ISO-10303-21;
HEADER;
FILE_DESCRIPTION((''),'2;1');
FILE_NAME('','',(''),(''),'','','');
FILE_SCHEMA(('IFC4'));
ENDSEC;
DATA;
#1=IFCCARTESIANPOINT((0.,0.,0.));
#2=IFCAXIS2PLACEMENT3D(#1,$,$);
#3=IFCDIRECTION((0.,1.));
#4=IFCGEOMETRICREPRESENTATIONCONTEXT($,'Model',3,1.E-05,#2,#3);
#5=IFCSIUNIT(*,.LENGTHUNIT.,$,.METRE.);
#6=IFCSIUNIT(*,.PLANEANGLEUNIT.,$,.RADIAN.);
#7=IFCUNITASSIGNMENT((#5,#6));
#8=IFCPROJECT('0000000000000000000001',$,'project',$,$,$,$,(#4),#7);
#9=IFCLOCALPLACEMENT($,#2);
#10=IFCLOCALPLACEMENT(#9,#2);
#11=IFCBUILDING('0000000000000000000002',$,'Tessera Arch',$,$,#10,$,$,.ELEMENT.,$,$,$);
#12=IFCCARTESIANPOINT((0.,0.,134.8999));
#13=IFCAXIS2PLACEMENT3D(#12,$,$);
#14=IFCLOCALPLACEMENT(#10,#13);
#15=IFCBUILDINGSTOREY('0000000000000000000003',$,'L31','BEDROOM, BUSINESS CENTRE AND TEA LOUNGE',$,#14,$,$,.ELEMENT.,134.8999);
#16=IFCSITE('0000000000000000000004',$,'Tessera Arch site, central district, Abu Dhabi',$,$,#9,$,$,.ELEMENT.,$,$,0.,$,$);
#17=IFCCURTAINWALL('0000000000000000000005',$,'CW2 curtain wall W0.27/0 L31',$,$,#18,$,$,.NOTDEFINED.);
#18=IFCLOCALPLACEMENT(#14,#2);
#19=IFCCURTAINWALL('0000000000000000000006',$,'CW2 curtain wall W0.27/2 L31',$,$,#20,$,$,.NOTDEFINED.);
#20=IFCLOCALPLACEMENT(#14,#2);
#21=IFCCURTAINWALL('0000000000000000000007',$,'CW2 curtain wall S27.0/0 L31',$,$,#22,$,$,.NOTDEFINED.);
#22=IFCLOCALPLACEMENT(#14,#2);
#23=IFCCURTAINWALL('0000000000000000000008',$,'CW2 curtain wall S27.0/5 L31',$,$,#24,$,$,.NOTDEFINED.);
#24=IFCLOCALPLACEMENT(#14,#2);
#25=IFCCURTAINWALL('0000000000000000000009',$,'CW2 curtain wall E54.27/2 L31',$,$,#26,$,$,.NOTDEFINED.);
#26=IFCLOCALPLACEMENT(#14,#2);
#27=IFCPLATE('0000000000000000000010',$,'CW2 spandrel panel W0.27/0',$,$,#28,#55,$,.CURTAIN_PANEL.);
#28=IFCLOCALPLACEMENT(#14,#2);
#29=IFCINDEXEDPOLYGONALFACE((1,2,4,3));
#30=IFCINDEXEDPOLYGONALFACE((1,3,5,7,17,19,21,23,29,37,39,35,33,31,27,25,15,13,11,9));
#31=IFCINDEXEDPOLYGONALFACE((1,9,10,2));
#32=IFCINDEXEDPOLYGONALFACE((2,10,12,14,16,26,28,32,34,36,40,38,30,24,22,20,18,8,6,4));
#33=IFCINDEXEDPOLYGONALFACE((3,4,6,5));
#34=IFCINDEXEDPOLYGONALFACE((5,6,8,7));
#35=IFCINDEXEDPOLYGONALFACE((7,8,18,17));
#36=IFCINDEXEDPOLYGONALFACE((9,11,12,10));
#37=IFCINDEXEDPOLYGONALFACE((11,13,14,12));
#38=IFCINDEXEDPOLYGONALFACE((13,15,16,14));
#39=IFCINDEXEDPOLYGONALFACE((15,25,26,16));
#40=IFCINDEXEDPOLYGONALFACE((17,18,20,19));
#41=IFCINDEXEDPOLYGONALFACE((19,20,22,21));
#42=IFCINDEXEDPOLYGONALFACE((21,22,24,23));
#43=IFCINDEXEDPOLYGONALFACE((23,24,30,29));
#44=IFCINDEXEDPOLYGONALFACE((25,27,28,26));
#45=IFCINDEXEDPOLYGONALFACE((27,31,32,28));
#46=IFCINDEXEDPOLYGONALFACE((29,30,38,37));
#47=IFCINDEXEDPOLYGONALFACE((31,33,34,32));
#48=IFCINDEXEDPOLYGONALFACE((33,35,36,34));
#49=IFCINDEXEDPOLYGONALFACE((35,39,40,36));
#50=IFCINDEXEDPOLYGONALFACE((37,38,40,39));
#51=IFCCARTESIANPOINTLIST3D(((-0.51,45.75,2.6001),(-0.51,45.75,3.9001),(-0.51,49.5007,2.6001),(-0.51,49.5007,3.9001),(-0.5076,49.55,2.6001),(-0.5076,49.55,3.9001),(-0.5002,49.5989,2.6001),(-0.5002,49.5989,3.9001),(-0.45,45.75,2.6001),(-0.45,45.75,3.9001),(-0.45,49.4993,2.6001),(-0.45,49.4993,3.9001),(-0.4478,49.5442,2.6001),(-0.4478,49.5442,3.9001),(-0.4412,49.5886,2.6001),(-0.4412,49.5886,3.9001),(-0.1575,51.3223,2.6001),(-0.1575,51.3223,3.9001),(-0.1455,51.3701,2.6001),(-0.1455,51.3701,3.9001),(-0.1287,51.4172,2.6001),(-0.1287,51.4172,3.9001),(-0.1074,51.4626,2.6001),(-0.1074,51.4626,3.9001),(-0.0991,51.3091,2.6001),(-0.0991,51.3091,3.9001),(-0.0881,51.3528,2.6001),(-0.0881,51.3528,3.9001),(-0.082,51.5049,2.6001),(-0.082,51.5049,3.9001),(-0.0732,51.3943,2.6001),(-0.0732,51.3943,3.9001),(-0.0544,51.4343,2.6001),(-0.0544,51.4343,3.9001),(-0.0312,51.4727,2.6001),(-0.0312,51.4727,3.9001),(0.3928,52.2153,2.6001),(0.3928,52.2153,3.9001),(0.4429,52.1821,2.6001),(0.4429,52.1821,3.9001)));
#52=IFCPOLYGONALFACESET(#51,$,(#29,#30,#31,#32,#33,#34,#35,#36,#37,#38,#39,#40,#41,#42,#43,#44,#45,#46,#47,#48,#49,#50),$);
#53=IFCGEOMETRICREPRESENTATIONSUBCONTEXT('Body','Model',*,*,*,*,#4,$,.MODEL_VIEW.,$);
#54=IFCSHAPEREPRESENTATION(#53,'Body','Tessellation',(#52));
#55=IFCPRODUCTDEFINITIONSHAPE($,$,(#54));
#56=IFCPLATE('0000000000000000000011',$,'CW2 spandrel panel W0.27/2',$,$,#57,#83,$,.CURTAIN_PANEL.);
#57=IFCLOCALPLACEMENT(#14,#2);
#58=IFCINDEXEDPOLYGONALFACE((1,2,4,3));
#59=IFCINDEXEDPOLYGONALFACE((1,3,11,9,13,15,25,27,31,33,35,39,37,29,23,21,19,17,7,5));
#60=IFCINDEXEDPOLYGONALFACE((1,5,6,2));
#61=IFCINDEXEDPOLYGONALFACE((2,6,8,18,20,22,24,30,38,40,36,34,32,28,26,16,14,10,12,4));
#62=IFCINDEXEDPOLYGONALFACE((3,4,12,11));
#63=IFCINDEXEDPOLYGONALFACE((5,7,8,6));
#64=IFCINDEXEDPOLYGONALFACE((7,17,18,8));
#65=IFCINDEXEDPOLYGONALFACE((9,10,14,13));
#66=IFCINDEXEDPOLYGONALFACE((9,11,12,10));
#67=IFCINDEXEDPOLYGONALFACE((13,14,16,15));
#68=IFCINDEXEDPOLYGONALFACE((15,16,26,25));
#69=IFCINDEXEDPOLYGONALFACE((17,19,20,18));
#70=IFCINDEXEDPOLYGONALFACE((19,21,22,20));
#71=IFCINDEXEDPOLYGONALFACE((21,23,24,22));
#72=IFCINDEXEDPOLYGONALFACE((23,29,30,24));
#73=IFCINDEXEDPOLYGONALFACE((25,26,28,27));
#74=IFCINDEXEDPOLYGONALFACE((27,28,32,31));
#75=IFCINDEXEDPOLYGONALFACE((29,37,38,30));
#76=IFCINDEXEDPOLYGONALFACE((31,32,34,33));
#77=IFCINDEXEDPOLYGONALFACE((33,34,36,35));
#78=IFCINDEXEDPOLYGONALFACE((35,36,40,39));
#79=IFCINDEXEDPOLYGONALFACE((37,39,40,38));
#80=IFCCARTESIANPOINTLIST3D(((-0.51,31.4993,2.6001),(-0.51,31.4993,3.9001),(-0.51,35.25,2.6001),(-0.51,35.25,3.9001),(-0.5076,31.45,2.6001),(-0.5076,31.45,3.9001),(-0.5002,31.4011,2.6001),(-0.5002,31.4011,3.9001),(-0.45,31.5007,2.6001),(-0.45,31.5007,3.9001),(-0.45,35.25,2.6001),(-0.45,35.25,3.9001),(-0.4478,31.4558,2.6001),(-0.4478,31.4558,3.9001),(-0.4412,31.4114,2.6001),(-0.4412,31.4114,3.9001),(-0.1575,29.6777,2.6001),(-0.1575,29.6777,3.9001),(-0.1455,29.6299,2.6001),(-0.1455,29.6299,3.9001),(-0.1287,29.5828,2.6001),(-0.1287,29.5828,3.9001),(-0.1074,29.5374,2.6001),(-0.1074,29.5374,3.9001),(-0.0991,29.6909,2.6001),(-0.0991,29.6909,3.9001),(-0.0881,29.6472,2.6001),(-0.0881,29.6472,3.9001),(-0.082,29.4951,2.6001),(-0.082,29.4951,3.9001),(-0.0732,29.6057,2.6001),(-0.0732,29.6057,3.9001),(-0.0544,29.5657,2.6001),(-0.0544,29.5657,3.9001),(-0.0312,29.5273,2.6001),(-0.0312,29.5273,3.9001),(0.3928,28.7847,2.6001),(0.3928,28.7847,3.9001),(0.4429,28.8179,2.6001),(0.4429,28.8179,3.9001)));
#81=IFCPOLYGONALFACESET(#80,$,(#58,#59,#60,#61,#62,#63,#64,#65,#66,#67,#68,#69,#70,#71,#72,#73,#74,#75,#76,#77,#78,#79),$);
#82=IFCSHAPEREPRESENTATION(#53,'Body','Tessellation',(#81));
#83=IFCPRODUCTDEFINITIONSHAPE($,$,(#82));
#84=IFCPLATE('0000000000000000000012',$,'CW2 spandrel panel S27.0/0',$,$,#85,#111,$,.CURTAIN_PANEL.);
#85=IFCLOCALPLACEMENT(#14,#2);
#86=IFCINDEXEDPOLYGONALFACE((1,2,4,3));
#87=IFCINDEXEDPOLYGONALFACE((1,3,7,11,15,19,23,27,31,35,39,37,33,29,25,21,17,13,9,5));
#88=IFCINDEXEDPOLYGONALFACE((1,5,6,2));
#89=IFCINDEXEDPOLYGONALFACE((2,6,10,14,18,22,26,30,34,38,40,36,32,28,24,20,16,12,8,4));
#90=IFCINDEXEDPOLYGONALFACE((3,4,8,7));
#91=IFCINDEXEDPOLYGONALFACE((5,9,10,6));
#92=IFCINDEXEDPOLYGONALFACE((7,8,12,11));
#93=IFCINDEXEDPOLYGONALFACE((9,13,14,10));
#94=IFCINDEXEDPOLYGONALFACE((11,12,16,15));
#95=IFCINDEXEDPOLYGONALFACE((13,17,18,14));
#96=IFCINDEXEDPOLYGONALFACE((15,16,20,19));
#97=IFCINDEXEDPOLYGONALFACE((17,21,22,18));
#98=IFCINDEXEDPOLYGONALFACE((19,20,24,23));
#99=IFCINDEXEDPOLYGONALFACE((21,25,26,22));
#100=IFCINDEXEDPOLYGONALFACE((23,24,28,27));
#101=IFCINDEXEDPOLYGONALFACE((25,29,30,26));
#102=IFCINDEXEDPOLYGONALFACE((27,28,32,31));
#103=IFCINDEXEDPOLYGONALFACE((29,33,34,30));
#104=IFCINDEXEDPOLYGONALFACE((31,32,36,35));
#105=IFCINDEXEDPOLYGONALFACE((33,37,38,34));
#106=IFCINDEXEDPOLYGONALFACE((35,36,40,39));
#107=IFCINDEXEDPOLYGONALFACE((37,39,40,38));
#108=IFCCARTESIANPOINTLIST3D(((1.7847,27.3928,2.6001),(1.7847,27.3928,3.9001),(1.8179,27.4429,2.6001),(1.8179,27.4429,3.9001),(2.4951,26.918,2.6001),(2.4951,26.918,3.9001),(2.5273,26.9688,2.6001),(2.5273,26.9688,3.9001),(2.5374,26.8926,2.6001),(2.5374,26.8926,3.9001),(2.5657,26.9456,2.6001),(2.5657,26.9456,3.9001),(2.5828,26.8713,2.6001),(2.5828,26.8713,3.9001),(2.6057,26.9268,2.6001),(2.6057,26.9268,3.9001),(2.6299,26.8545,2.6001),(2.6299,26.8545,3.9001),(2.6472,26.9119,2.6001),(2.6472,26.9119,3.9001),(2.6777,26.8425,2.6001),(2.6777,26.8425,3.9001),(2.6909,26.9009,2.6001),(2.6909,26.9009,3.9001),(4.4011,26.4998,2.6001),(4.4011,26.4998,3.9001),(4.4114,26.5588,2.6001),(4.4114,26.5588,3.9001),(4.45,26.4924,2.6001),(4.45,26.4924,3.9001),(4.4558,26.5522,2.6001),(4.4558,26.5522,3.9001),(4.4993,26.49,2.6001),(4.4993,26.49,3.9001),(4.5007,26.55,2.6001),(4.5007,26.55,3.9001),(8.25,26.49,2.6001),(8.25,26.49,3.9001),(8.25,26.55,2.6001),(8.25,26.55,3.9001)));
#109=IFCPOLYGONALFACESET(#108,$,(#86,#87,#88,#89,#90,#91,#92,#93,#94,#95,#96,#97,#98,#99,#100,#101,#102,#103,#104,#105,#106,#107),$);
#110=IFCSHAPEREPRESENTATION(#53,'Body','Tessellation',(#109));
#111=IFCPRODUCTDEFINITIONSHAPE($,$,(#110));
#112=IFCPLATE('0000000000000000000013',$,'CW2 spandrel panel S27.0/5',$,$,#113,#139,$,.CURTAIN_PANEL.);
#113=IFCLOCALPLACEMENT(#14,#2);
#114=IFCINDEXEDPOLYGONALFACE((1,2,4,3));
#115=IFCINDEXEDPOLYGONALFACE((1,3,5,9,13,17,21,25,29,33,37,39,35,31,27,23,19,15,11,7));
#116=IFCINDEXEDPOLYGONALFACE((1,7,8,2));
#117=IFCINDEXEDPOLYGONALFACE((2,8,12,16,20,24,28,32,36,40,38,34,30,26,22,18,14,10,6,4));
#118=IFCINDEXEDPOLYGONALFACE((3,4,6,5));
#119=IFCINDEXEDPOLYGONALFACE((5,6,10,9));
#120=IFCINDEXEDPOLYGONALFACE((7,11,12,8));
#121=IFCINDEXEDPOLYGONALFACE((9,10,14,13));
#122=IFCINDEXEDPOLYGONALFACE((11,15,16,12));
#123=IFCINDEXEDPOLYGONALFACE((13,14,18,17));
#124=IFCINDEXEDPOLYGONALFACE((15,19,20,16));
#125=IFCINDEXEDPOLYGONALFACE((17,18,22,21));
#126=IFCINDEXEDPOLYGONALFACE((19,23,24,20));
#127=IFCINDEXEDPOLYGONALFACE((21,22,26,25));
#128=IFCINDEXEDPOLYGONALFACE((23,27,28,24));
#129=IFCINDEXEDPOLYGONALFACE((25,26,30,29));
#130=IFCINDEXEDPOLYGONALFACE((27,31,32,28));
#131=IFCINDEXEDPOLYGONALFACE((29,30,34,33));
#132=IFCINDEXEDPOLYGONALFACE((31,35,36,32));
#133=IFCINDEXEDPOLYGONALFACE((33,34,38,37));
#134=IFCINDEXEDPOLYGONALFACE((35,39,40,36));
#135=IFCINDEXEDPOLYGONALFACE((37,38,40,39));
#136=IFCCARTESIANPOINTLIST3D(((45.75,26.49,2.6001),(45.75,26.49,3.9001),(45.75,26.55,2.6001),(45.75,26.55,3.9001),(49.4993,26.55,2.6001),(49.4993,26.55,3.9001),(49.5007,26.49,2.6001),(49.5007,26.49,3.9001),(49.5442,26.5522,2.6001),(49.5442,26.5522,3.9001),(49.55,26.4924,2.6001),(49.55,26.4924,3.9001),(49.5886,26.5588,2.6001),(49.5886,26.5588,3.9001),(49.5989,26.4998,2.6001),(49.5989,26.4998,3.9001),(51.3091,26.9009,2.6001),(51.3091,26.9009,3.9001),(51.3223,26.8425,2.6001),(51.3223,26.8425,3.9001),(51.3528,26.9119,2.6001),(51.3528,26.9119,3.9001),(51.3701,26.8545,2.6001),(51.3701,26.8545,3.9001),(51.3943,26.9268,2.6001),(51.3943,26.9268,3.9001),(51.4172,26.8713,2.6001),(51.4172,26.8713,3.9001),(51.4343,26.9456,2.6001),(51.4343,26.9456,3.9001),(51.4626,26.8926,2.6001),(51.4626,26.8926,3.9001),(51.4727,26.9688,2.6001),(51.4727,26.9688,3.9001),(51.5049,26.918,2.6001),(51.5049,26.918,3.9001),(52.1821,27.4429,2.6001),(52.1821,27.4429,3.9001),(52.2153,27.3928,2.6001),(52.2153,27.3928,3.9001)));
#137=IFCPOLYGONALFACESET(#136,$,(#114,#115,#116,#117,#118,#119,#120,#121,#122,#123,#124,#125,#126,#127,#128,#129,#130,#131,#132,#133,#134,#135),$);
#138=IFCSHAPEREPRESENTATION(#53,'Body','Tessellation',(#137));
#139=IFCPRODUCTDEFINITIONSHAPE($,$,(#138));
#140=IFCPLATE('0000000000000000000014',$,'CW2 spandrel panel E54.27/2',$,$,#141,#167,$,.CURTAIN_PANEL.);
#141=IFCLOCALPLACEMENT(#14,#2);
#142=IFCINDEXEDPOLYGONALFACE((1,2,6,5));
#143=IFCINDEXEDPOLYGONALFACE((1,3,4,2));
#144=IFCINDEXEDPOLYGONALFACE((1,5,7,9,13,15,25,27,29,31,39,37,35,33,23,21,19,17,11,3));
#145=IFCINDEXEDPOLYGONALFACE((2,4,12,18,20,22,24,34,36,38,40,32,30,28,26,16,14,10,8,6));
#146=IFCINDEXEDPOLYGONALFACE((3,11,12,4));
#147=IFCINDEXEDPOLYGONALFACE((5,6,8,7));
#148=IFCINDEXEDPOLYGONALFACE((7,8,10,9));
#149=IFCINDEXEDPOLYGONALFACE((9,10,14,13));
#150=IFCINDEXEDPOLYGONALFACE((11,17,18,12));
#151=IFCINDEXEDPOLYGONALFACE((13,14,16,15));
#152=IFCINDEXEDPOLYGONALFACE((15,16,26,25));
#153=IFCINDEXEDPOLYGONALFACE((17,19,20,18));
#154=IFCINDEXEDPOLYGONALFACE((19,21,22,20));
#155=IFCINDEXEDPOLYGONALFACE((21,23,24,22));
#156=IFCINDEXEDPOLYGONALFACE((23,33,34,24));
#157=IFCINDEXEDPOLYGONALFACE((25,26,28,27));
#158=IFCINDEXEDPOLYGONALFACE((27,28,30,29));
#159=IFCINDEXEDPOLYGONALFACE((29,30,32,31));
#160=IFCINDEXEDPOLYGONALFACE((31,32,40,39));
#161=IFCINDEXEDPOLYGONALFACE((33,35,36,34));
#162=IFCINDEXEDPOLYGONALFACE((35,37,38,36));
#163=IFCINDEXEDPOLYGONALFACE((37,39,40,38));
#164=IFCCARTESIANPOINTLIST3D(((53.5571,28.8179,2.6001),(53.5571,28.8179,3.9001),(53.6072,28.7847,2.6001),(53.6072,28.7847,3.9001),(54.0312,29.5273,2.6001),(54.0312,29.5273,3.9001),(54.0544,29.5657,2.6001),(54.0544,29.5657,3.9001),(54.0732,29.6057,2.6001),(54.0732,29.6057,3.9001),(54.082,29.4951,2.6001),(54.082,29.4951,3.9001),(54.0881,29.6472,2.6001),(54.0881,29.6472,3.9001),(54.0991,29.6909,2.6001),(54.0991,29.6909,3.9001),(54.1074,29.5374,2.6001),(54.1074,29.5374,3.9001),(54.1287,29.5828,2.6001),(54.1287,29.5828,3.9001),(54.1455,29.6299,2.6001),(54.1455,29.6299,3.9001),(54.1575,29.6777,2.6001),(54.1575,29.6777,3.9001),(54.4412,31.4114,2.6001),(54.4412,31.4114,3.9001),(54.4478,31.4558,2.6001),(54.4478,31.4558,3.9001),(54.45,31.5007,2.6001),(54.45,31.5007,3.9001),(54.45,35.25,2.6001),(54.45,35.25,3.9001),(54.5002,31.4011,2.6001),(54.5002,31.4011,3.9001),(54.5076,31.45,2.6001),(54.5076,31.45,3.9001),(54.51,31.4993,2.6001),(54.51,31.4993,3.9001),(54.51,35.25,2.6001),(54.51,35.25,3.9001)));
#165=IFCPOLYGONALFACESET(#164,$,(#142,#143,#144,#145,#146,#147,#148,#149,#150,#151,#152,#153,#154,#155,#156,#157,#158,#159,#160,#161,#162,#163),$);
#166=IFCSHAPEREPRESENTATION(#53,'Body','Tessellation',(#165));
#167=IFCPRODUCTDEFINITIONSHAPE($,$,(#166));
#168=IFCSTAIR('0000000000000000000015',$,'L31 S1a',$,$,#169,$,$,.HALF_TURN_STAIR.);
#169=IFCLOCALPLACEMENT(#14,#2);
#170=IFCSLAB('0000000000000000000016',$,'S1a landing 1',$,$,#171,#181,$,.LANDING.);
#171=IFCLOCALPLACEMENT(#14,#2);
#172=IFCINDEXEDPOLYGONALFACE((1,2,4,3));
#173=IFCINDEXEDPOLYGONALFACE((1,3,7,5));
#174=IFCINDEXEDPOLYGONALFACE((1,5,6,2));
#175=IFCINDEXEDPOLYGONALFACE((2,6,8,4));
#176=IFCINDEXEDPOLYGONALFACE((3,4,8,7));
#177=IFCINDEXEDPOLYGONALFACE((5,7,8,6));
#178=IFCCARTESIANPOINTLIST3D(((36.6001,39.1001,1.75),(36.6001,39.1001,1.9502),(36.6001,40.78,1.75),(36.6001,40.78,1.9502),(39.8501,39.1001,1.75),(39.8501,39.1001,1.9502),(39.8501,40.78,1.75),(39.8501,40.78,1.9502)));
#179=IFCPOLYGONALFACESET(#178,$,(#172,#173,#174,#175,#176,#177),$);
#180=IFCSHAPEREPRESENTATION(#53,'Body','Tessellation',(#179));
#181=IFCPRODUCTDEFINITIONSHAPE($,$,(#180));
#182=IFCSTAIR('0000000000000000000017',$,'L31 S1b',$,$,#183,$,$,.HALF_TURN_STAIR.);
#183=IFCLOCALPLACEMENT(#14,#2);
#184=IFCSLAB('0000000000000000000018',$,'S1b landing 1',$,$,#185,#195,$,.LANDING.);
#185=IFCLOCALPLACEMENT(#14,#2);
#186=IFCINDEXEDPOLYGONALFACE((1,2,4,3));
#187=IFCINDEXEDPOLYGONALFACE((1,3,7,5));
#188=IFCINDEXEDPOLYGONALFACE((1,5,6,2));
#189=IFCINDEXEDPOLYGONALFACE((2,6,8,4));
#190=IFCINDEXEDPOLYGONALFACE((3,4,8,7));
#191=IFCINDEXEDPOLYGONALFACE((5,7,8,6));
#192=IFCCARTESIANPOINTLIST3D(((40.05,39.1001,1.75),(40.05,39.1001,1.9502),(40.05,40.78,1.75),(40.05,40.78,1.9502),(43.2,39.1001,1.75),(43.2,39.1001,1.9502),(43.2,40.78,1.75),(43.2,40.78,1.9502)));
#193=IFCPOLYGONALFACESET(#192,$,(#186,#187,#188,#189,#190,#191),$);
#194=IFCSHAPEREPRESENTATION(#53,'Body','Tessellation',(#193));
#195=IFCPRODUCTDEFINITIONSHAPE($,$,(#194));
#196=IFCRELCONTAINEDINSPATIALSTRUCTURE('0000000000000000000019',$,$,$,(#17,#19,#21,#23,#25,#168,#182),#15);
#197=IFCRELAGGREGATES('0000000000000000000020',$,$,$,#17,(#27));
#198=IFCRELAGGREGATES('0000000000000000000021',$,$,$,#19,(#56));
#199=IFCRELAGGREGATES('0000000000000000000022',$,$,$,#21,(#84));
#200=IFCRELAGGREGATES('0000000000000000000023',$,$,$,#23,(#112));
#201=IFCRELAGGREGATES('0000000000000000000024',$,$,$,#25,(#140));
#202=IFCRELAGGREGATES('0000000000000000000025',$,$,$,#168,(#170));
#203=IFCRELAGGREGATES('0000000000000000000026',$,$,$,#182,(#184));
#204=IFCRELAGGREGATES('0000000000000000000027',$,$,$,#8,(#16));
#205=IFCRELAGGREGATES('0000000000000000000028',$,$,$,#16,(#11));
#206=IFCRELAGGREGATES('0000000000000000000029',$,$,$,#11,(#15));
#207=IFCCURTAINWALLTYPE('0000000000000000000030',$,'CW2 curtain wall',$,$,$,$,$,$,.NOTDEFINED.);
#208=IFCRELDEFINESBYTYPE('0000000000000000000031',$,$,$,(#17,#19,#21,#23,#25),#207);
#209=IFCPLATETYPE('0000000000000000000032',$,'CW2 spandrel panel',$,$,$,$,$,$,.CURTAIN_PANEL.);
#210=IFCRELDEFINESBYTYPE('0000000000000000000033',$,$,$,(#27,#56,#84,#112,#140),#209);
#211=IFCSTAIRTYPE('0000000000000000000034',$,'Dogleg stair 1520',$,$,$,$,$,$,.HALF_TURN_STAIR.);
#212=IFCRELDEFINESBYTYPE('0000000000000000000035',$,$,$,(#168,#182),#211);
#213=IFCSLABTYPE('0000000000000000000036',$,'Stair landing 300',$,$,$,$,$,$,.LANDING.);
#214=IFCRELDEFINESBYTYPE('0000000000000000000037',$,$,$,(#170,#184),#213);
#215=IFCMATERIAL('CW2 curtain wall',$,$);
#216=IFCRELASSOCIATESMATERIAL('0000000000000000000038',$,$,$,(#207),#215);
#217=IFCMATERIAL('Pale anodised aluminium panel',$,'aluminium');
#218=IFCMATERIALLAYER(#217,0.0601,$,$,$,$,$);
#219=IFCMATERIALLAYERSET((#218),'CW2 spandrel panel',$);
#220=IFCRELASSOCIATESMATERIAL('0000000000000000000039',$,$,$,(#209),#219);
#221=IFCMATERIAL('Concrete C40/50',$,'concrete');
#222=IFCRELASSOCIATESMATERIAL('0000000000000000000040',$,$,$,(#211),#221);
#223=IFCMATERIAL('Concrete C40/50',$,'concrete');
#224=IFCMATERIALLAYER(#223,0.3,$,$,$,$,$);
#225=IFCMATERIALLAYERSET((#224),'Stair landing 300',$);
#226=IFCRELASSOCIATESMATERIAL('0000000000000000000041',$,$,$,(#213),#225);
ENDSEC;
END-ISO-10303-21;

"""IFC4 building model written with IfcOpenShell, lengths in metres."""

from ifc_helpers import new_model, si_unit, direction, frame, origin, place, context, subcontext, project, spatial, polyline, outline, extrude, material, layer, layer_set, type_object, element, aggregate, save


model = new_model("IFC4")

# Units and contexts
model_context = context("Model", 3, precision=1e-05, world=origin(), true_north=direction((0.0, 1.0)))
body_context = subcontext(model_context, "Body", "Model", "MODEL_VIEW")
ifc_project = project(units=[si_unit("LENGTHUNIT", "METRE"), si_unit("PLANEANGLEUNIT", "RADIAN")], contexts=[model_context])

# Site, building, storey
site_placement = place(None, origin())
site = spatial("IfcSite", under=ifc_project, at=site_placement, Name="Tessera Arch site, central district, Abu Dhabi", CompositionType="ELEMENT", RefElevation=0.0)
building_placement = place(site_placement, origin())
building = spatial("IfcBuilding", under=site, at=building_placement, Name="Tessera Arch", CompositionType="ELEMENT")
storey_placement = place(building_placement, frame((0.0, 0.0, 134.8999)))
storey = spatial("IfcBuildingStorey", under=building, at=storey_placement, Name="L31", Description="BEDROOM, BUSINESS CENTRE AND TEA LOUNGE", CompositionType="ELEMENT", Elevation=134.8999)

# Curtain walls
ifc_material_1 = material(Name="CW2 curtain wall")
curtain_wall_type_1 = type_object("IfcCurtainWallType", Name="CW2 curtain wall", PredefinedType="NOTDEFINED", material=ifc_material_1)
curtain_wall_1_placement = place(storey_placement, origin())
curtain_wall_1 = element("IfcCurtainWall", 1, at=curtain_wall_1_placement, inside=storey, type_object=curtain_wall_type_1, Name="CW2 curtain wall W0.27/0 L31", PredefinedType="NOTDEFINED")
curtain_wall_2_placement = place(storey_placement, origin())
curtain_wall_2 = element("IfcCurtainWall", 2, at=curtain_wall_2_placement, inside=storey, type_object=curtain_wall_type_1, Name="CW2 curtain wall W0.27/2 L31", PredefinedType="NOTDEFINED")
curtain_wall_3_placement = place(storey_placement, origin())
curtain_wall_3 = element("IfcCurtainWall", 3, at=curtain_wall_3_placement, inside=storey, type_object=curtain_wall_type_1, Name="CW2 curtain wall S27.0/0 L31", PredefinedType="NOTDEFINED")
curtain_wall_4_placement = place(storey_placement, origin())
curtain_wall_4 = element("IfcCurtainWall", 4, at=curtain_wall_4_placement, inside=storey, type_object=curtain_wall_type_1, Name="CW2 curtain wall S27.0/5 L31", PredefinedType="NOTDEFINED")
curtain_wall_5_placement = place(storey_placement, origin())
curtain_wall_5 = element("IfcCurtainWall", 5, at=curtain_wall_5_placement, inside=storey, type_object=curtain_wall_type_1, Name="CW2 curtain wall E54.27/2 L31", PredefinedType="NOTDEFINED")

# Plates
ifc_material_2 = material(Name="Pale anodised aluminium panel", Category="aluminium")
ifc_layer_1 = layer(ifc_material_2, 0.0601)
ifc_layer_set_1 = layer_set([ifc_layer_1], Name="CW2 spandrel panel")
plate_type_1 = type_object("IfcPlateType", Name="CW2 spandrel panel", PredefinedType="CURTAIN_PANEL", material=ifc_layer_set_1)
plate_1_placement = place(storey_placement, frame((0.0, 0.0, 2.6001)))
plate_1 = element("IfcPlate", 6, at=plate_1_placement, type_object=plate_type_1, Name="CW2 spandrel panel W0.27/0", PredefinedType="CURTAIN_PANEL", context=body_context, shape_type="SweptSolid", body=[
    extrude(outline(polyline([(-0.0312, 51.4727), (0.4429, 52.1821), (0.3928, 52.2153), (-0.082, 51.5049), (-0.1074, 51.4626), (-0.1287, 51.4172), (-0.1455, 51.3701), (-0.1575, 51.3223), (-0.5002, 49.5989), (-0.5076, 49.55), (-0.51, 49.5007), (-0.51, 45.75), (-0.45, 45.75), (-0.45, 49.4993), (-0.4478, 49.5442), (-0.4412, 49.5886), (-0.0991, 51.3091), (-0.0881, 51.3528), (-0.0732, 51.3943), (-0.0544, 51.4343), (-0.0312, 51.4727)])), origin(), (0.0, 0.0, 1.0), 1.3),
])
aggregate(curtain_wall_1, [plate_1])
plate_2_placement = place(storey_placement, frame((0.0, 0.0, 2.6001)))
plate_2 = element("IfcPlate", 7, at=plate_2_placement, type_object=plate_type_1, Name="CW2 spandrel panel W0.27/2", PredefinedType="CURTAIN_PANEL", context=body_context, shape_type="SweptSolid", body=[
    extrude(outline(polyline([(-0.45, 31.5007), (-0.45, 35.25), (-0.51, 35.25), (-0.51, 31.4993), (-0.5076, 31.45), (-0.5002, 31.4011), (-0.1575, 29.6777), (-0.1455, 29.6299), (-0.1287, 29.5828), (-0.1074, 29.5374), (-0.082, 29.4951), (0.3928, 28.7847), (0.4429, 28.8179), (-0.0312, 29.5273), (-0.0544, 29.5657), (-0.0732, 29.6057), (-0.0881, 29.6472), (-0.0991, 29.6909), (-0.4412, 31.4114), (-0.4478, 31.4558), (-0.45, 31.5007)])), origin(), (0.0, 0.0, 1.0), 1.3),
])
aggregate(curtain_wall_2, [plate_2])
plate_3_placement = place(storey_placement, frame((0.0, 0.0, 2.6001)))
plate_3 = element("IfcPlate", 8, at=plate_3_placement, type_object=plate_type_1, Name="CW2 spandrel panel S27.0/0", PredefinedType="CURTAIN_PANEL", context=body_context, shape_type="SweptSolid", body=[
    extrude(outline(polyline([(2.5273, 26.9688), (1.8179, 27.4429), (1.7847, 27.3928), (2.4951, 26.918), (2.5374, 26.8926), (2.5828, 26.8713), (2.6299, 26.8545), (2.6777, 26.8425), (4.4011, 26.4998), (4.45, 26.4924), (4.4993, 26.49), (8.25, 26.49), (8.25, 26.55), (4.5007, 26.55), (4.4558, 26.5522), (4.4114, 26.5588), (2.6909, 26.9009), (2.6472, 26.9119), (2.6057, 26.9268), (2.5657, 26.9456), (2.5273, 26.9688)])), origin(), (0.0, 0.0, 1.0), 1.3),
])
aggregate(curtain_wall_3, [plate_3])
plate_4_placement = place(storey_placement, frame((0.0, 0.0, 2.6001)))
plate_4 = element("IfcPlate", 9, at=plate_4_placement, type_object=plate_type_1, Name="CW2 spandrel panel S27.0/5", PredefinedType="CURTAIN_PANEL", context=body_context, shape_type="SweptSolid", body=[
    extrude(outline(polyline([(49.4993, 26.55), (45.75, 26.55), (45.75, 26.49), (49.5007, 26.49), (49.55, 26.4924), (49.5989, 26.4998), (51.3223, 26.8425), (51.3701, 26.8545), (51.4172, 26.8713), (51.4626, 26.8926), (51.5049, 26.918), (52.2153, 27.3928), (52.1821, 27.4429), (51.4727, 26.9688), (51.4343, 26.9456), (51.3943, 26.9268), (51.3528, 26.9119), (51.3091, 26.9009), (49.5886, 26.5588), (49.5442, 26.5522), (49.4993, 26.55)])), origin(), (0.0, 0.0, 1.0), 1.3),
])
aggregate(curtain_wall_4, [plate_4])
plate_5_placement = place(storey_placement, frame((0.0, 0.0, 2.6001)))
plate_5 = element("IfcPlate", 10, at=plate_5_placement, type_object=plate_type_1, Name="CW2 spandrel panel E54.27/2", PredefinedType="CURTAIN_PANEL", context=body_context, shape_type="SweptSolid", body=[
    extrude(outline(polyline([(54.0312, 29.5273), (53.5571, 28.8179), (53.6072, 28.7847), (54.082, 29.4951), (54.1074, 29.5374), (54.1287, 29.5828), (54.1455, 29.6299), (54.1575, 29.6777), (54.5002, 31.4011), (54.5076, 31.45), (54.51, 31.4993), (54.51, 35.25), (54.45, 35.25), (54.45, 31.5007), (54.4478, 31.4558), (54.4412, 31.4114), (54.0991, 29.6909), (54.0881, 29.6472), (54.0732, 29.6057), (54.0544, 29.5657), (54.0312, 29.5273)])), origin(), (0.0, 0.0, 1.0), 1.3),
])
aggregate(curtain_wall_5, [plate_5])

# Stairs, slabs
ifc_material_3 = material(Name="Concrete C40/50", Category="concrete")
stair_type_1 = type_object("IfcStairType", Name="Dogleg stair 1520", PredefinedType="HALF_TURN_STAIR", material=ifc_material_3)
stair_1_placement = place(storey_placement, origin())
stair_1 = element("IfcStair", 11, at=stair_1_placement, inside=storey, type_object=stair_type_1, Name="L31 S1a", PredefinedType="HALF_TURN_STAIR")
ifc_material_4 = material(Name="Concrete C40/50", Category="concrete")
ifc_layer_2 = layer(ifc_material_4, 0.3)
ifc_layer_set_2 = layer_set([ifc_layer_2], Name="Stair landing 300")
slab_type_1 = type_object("IfcSlabType", Name="Stair landing 300", PredefinedType="LANDING", material=ifc_layer_set_2)
slab_1_placement = place(storey_placement, frame((0.0, 0.0, 1.75)))
slab_1 = element("IfcSlab", 12, at=slab_1_placement, type_object=slab_type_1, Name="S1a landing 1", PredefinedType="LANDING", context=body_context, shape_type="SweptSolid", body=[
    extrude(outline(polyline([(36.6001, 40.78), (36.6001, 39.1001), (39.8501, 39.1001), (39.8501, 40.78), (36.6001, 40.78)])), origin(), (0.0, 0.0, 1.0), 0.2002),
])
aggregate(stair_1, [slab_1])
stair_2_placement = place(storey_placement, origin())
stair_2 = element("IfcStair", 13, at=stair_2_placement, inside=storey, type_object=stair_type_1, Name="L31 S1b", PredefinedType="HALF_TURN_STAIR")
slab_2_placement = place(storey_placement, frame((0.0, 0.0, 1.75)))
slab_2 = element("IfcSlab", 14, at=slab_2_placement, type_object=slab_type_1, Name="S1b landing 1", PredefinedType="LANDING", context=body_context, shape_type="SweptSolid", body=[
    extrude(outline(polyline([(40.05, 40.78), (40.05, 39.1001), (43.2, 39.1001), (43.2, 40.78), (40.05, 40.78)])), origin(), (0.0, 0.0, 1.0), 0.2002),
])
aggregate(stair_2, [slab_2])

save(model, "model.ifc")
